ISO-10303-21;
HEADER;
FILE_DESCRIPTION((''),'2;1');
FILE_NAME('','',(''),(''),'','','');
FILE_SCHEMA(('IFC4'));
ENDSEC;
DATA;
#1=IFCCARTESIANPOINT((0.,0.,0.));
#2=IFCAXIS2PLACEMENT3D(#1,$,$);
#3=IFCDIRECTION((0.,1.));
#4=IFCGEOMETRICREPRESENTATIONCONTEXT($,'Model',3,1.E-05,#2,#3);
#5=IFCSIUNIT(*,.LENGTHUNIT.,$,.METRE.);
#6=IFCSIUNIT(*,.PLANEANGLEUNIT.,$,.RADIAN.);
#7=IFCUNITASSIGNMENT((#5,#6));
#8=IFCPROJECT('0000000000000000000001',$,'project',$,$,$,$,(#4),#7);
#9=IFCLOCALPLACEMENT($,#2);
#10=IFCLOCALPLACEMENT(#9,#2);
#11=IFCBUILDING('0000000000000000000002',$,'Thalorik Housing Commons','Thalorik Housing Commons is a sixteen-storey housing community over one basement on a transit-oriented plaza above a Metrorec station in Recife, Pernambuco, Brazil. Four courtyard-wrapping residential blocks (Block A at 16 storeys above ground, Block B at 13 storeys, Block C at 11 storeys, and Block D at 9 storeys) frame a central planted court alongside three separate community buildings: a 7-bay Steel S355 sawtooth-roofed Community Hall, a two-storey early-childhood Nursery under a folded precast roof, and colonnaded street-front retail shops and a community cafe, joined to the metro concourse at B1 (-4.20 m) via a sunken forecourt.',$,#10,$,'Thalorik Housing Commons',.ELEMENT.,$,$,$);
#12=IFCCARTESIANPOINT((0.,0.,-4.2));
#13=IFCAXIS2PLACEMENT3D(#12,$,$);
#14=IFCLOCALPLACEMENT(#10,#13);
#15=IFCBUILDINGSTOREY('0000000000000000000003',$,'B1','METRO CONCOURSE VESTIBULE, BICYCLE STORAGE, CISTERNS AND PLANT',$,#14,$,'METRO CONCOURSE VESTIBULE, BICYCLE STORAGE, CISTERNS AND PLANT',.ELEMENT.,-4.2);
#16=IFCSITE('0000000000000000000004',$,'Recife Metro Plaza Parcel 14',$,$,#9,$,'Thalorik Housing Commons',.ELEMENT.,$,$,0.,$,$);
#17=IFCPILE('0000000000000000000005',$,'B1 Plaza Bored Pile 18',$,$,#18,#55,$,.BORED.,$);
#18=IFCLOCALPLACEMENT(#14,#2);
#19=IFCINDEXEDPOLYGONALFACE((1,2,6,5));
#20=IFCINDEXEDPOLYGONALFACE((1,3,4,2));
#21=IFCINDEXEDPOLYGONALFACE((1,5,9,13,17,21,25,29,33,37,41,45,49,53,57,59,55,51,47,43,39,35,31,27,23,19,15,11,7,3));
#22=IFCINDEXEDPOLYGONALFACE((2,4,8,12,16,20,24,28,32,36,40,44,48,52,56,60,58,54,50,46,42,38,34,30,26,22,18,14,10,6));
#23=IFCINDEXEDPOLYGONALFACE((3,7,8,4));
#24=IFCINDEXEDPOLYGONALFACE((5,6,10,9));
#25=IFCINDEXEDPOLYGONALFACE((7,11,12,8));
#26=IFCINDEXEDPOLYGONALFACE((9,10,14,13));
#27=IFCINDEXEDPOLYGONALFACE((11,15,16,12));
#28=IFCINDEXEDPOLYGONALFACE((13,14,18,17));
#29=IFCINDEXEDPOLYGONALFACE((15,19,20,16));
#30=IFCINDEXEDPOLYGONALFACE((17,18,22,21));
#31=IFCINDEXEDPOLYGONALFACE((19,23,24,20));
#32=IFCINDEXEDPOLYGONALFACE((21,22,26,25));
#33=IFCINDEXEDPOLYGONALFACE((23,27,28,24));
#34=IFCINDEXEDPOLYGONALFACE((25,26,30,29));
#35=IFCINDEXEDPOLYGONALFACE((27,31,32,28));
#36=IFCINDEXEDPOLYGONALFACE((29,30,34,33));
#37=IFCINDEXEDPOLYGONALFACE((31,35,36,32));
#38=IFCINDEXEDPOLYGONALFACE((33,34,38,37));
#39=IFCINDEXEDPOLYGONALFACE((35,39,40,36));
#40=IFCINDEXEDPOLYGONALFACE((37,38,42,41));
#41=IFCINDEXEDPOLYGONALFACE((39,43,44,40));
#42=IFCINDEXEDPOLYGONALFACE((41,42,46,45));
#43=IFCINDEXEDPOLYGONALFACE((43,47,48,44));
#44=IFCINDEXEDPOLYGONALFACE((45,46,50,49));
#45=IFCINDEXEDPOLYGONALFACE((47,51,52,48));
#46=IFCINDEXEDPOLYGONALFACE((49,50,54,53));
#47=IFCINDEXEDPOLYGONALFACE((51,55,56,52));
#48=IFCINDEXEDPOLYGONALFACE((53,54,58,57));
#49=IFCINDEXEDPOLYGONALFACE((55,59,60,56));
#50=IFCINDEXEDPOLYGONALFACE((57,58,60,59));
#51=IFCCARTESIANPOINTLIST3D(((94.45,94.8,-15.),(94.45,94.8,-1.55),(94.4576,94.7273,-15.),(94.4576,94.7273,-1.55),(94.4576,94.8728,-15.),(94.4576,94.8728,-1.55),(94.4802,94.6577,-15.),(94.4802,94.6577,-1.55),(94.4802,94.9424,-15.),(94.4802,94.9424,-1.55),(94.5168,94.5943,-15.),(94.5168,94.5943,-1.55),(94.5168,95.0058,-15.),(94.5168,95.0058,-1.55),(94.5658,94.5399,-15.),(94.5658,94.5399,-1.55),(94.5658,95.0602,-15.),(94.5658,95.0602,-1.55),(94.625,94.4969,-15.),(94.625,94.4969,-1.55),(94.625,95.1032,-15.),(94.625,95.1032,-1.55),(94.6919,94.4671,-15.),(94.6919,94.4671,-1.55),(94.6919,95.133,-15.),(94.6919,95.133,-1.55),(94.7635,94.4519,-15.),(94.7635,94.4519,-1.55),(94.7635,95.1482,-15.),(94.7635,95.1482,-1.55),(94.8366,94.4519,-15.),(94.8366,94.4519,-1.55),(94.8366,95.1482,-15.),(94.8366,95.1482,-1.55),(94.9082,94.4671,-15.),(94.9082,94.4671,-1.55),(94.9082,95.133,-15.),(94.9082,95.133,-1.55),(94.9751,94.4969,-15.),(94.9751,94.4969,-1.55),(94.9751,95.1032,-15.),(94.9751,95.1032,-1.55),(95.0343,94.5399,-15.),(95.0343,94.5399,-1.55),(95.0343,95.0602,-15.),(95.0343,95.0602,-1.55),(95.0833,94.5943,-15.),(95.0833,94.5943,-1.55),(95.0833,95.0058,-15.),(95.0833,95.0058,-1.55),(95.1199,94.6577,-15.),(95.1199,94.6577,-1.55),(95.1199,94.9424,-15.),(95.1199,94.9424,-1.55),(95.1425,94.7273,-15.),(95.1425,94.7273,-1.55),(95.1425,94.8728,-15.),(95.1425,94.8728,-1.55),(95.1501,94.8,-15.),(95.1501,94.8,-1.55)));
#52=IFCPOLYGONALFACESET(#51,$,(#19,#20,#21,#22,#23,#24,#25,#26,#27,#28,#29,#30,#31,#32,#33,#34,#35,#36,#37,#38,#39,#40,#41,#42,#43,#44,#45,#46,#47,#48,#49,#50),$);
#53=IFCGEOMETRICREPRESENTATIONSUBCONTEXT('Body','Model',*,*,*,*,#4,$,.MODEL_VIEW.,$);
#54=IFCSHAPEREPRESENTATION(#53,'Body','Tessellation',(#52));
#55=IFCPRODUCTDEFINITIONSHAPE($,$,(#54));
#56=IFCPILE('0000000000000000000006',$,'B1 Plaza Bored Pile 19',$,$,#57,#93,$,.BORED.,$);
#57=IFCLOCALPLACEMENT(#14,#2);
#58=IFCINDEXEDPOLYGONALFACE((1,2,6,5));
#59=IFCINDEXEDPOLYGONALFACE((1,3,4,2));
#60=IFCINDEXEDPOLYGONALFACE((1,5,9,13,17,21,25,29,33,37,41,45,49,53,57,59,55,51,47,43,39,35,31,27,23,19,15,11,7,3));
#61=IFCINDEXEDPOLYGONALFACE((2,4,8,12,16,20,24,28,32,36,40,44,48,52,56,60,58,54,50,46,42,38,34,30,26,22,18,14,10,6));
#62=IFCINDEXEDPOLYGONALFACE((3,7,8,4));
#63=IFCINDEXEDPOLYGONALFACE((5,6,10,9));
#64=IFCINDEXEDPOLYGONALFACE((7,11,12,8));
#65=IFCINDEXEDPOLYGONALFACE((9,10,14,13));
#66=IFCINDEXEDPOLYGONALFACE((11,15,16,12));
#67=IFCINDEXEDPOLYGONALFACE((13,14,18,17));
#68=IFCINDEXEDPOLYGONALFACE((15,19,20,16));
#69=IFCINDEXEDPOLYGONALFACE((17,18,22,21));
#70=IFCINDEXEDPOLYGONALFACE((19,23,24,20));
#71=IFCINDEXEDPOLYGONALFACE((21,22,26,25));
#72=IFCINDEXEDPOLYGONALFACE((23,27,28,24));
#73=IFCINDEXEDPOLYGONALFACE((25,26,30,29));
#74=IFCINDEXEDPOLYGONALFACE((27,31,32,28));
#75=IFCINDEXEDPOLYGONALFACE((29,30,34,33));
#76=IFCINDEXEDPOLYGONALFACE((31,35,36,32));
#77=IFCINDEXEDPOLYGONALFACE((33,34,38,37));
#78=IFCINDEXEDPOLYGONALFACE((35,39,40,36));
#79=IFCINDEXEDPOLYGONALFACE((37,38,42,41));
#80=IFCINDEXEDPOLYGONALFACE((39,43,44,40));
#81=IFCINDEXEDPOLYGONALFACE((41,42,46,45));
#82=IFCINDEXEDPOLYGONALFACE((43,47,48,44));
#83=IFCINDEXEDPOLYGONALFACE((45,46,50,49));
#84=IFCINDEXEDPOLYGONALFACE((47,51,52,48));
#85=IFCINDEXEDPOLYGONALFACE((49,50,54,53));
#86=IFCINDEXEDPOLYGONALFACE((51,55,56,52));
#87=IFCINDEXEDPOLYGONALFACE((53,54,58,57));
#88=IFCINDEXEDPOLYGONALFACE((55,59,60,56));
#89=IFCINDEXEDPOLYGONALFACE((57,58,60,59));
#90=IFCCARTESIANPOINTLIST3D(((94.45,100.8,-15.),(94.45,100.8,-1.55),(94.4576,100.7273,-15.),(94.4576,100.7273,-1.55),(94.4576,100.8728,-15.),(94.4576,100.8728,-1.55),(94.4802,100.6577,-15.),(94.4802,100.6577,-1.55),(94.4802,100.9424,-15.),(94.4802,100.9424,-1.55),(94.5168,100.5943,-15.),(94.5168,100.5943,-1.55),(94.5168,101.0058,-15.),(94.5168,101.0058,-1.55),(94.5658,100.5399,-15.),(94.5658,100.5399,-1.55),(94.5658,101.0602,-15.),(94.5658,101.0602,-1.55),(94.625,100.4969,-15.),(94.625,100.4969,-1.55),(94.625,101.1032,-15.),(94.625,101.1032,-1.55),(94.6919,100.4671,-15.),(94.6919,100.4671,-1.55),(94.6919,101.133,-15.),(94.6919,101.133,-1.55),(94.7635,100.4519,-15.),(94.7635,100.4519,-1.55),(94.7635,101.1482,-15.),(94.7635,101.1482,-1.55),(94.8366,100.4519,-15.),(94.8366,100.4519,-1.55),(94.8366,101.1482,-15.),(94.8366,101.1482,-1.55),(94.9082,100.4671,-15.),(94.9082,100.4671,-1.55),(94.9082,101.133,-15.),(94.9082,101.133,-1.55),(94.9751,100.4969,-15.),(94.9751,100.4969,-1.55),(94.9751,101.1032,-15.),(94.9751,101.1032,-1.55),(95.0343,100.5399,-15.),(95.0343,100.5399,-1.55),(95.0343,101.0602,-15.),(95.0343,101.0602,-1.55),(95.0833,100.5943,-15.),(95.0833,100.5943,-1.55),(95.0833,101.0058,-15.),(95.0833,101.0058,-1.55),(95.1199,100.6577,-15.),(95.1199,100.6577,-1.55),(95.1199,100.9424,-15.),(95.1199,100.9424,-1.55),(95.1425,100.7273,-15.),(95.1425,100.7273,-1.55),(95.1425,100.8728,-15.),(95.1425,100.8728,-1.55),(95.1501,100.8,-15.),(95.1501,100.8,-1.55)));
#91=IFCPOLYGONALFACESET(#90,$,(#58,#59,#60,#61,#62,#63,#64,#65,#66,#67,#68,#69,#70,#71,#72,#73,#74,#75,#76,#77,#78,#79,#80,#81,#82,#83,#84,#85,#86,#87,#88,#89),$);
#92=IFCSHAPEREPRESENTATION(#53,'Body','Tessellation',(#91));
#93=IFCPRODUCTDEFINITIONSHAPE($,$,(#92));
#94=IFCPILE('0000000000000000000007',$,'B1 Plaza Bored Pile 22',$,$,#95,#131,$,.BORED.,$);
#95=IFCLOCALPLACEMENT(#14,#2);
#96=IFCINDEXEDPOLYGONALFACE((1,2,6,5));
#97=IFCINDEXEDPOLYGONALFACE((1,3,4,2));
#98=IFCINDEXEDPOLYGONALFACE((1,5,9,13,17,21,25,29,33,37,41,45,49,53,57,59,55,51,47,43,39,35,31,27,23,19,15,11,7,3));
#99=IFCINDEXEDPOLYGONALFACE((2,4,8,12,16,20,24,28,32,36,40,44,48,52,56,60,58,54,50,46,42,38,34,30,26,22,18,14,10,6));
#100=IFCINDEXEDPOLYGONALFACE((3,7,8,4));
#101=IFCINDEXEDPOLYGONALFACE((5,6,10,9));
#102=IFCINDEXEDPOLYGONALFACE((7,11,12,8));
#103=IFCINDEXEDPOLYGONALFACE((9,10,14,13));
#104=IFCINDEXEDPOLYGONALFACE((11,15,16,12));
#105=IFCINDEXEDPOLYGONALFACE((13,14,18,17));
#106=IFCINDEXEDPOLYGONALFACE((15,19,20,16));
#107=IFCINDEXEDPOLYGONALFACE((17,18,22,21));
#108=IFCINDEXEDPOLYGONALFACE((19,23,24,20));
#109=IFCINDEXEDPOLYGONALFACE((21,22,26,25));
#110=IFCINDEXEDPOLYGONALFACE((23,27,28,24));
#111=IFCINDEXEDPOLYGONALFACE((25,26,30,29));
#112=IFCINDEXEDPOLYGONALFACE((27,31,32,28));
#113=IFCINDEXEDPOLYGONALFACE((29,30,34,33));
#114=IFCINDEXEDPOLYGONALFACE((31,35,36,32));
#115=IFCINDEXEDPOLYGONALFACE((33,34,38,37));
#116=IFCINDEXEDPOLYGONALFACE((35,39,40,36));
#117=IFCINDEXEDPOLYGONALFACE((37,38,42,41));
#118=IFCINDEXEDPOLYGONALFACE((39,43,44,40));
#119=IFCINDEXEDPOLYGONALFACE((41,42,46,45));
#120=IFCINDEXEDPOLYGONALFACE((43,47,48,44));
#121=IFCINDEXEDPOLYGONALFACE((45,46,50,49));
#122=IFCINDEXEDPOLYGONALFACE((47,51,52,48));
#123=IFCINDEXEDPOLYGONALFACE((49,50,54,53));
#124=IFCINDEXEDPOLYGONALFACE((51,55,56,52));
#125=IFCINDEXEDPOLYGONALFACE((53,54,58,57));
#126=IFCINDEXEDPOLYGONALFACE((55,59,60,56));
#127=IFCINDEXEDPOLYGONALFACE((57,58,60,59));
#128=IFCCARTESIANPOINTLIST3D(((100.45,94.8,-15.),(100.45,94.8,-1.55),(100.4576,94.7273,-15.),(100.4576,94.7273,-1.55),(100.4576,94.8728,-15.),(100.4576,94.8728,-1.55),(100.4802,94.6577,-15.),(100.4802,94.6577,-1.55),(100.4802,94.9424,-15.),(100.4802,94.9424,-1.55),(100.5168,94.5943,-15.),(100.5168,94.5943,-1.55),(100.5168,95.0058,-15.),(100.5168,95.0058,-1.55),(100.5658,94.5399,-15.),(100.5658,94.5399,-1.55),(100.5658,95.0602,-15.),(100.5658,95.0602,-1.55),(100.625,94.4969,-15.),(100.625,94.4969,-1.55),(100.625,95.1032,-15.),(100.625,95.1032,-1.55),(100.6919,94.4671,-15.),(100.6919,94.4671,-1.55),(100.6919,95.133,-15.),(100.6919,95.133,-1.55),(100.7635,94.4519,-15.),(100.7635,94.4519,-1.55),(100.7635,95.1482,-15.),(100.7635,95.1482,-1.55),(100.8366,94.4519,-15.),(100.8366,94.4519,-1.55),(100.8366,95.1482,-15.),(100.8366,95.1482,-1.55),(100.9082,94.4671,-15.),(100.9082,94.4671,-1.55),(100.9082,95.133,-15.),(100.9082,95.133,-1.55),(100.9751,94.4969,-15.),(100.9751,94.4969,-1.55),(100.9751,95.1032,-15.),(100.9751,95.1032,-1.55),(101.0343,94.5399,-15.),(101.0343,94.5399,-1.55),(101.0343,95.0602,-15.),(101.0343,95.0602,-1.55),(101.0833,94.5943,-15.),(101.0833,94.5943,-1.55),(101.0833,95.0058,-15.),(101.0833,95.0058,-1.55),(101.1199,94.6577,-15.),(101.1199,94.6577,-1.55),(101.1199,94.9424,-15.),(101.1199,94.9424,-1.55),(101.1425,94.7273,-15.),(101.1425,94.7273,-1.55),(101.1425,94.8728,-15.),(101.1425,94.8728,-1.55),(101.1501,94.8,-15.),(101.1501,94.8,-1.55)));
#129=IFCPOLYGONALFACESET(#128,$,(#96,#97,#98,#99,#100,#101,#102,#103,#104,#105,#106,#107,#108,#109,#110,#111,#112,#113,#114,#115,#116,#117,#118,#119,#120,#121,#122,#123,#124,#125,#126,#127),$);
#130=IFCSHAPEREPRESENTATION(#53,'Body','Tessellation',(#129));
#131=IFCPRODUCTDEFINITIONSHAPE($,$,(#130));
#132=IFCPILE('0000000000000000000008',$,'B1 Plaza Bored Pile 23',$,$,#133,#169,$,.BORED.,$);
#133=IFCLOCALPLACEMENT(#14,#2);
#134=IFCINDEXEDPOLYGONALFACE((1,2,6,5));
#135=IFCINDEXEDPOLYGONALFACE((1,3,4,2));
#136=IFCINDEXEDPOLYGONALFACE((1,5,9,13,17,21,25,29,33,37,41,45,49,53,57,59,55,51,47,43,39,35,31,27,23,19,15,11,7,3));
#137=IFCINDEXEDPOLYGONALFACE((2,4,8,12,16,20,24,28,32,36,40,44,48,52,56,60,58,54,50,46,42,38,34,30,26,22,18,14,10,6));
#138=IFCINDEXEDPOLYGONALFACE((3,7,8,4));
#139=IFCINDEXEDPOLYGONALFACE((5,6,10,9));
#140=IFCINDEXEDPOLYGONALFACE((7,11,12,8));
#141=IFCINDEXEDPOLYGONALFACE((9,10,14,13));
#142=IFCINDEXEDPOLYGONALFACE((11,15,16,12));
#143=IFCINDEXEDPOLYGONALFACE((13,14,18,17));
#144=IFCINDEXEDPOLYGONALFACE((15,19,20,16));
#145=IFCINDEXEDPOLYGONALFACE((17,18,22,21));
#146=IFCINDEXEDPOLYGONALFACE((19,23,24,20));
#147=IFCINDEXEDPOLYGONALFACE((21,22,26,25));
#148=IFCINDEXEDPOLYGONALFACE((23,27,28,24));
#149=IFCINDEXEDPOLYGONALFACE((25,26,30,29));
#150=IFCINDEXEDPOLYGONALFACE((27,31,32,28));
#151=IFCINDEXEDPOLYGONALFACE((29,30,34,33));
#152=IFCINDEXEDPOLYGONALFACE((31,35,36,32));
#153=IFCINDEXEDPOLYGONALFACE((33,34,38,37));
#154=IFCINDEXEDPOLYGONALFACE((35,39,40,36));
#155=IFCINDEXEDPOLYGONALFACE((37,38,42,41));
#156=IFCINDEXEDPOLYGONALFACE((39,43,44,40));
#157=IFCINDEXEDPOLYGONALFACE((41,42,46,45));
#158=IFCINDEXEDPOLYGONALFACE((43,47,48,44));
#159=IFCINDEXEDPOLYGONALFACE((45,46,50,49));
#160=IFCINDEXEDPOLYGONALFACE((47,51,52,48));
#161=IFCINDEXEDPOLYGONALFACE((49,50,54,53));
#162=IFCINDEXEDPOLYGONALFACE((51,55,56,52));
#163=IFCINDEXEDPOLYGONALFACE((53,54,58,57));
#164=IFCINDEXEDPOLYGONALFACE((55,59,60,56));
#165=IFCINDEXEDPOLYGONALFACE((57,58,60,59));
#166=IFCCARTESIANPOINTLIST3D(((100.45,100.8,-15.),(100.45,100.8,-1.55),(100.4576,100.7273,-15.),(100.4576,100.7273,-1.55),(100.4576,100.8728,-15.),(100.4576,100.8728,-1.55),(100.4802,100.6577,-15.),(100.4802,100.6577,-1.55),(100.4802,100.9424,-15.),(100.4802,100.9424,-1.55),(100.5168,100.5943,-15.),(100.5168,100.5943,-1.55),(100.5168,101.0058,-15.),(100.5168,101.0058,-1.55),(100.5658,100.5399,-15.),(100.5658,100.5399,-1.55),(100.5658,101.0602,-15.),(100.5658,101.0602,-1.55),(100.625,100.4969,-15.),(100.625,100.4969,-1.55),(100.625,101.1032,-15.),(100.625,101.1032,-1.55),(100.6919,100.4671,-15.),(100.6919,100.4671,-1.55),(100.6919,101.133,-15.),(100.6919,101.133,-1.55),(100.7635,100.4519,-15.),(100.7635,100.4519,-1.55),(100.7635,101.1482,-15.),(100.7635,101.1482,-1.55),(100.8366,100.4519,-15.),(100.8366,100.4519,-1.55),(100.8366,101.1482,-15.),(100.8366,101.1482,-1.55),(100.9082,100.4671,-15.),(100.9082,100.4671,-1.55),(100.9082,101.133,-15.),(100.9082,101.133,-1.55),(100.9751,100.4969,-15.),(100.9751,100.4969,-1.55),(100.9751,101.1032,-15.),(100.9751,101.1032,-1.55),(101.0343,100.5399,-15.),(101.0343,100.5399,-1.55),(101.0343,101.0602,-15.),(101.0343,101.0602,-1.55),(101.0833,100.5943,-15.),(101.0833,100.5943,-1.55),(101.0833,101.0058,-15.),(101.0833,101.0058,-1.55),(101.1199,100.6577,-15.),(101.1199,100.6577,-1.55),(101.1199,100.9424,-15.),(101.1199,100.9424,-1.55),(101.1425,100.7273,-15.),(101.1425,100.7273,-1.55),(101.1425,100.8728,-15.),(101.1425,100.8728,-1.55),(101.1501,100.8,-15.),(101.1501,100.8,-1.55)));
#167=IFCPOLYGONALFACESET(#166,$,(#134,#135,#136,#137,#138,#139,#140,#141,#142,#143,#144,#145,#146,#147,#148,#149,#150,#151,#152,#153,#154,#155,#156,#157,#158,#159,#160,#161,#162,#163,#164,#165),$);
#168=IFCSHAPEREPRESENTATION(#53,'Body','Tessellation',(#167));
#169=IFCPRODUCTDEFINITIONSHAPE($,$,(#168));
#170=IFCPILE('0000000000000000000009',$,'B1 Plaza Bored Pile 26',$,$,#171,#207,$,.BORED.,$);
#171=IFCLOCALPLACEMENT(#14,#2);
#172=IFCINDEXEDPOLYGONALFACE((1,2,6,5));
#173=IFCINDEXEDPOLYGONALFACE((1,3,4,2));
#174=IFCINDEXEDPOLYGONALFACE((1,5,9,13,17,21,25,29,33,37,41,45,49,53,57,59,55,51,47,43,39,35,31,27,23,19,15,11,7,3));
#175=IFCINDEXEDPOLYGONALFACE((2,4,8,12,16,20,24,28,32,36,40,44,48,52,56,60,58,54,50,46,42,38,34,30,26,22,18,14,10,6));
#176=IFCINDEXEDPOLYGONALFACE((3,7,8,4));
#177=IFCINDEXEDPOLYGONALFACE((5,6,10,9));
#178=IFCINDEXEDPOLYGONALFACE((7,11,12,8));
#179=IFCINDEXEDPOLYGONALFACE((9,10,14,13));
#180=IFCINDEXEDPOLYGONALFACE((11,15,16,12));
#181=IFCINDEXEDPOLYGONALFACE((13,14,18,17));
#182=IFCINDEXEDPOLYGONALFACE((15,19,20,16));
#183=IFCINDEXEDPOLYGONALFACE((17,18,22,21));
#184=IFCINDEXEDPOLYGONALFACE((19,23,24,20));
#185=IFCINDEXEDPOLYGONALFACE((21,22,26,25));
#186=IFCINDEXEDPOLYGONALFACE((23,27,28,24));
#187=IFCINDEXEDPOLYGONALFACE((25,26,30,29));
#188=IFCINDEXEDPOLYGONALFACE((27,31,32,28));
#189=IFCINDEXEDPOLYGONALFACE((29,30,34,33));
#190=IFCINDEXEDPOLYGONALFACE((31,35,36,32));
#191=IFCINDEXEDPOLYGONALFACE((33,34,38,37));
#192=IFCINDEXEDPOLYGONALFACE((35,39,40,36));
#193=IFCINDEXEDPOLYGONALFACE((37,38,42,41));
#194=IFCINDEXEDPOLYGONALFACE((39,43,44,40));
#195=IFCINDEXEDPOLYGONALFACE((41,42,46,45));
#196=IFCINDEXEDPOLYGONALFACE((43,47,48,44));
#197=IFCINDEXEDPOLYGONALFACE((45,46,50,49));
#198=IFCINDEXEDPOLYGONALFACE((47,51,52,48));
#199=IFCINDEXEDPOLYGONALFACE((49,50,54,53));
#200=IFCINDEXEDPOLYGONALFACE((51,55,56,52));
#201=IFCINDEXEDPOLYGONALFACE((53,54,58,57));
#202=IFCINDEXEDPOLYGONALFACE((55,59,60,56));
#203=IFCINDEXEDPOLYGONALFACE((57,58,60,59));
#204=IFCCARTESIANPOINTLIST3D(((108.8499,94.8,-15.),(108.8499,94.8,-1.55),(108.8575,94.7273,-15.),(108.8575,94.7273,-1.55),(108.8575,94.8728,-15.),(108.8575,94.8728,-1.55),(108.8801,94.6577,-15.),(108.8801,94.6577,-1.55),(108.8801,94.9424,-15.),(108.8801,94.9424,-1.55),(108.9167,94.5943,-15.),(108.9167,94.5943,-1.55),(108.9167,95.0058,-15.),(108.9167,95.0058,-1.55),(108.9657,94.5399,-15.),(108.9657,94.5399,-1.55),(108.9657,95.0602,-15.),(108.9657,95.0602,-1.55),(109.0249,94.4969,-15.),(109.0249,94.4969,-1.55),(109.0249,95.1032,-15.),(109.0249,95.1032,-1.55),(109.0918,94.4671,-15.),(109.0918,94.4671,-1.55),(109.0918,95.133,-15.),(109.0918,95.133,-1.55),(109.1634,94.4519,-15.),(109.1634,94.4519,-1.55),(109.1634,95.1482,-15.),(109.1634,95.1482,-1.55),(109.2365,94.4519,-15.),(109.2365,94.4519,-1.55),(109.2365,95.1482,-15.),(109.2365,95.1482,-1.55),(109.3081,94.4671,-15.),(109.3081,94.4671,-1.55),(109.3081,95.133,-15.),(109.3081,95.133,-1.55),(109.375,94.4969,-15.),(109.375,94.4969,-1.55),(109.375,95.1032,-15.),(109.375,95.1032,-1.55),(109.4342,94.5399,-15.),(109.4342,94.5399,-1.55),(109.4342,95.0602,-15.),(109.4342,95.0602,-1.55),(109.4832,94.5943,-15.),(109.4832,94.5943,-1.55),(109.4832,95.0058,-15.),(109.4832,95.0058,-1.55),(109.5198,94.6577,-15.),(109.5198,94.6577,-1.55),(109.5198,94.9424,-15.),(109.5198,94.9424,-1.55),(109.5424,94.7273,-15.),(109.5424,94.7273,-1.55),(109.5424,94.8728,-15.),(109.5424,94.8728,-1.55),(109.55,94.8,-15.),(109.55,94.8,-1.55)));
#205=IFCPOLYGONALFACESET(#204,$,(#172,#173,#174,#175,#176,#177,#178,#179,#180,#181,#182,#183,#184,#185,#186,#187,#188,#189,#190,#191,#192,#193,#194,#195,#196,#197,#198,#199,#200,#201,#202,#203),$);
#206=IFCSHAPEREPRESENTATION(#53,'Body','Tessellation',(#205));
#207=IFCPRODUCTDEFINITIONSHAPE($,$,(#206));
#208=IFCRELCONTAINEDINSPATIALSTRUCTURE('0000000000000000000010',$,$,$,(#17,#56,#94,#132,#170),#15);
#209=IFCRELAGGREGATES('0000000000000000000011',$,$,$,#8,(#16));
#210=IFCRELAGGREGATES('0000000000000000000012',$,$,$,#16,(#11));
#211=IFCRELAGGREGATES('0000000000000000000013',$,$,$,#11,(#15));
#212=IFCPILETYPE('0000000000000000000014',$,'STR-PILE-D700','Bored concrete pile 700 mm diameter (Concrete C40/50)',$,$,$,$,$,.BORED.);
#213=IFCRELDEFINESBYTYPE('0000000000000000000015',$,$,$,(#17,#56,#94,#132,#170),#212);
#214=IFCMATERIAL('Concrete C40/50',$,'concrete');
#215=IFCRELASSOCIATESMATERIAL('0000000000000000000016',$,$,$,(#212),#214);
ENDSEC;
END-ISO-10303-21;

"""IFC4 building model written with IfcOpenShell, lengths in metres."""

from ifc_helpers import new_model, si_unit, direction, frame, origin, origin_2d, place, context, subcontext, project, spatial, circle, extrude, material, material_profile, profile_set, type_object, element, save


model = new_model("IFC4")

# Units and contexts
model_context = context("Model", 3, precision=1e-05, world=origin(), true_north=direction((0.0, 1.0)))
body_context = subcontext(model_context, "Body", "Model", "MODEL_VIEW")
ifc_project = project(units=[si_unit("LENGTHUNIT", "METRE"), si_unit("PLANEANGLEUNIT", "RADIAN")], contexts=[model_context])

# Site, building, storey
site_placement = place(None, origin())
site = spatial("IfcSite", under=ifc_project, at=site_placement, Name="Recife Metro Plaza Parcel 14", LongName="Thalorik Housing Commons", CompositionType="ELEMENT", RefElevation=0.0)
building_placement = place(site_placement, origin())
building = spatial("IfcBuilding", under=site, at=building_placement, Name="Thalorik Housing Commons", Description="Thalorik Housing Commons is a sixteen-storey housing community over one basement on a transit-oriented plaza above a Metrorec station in Recife, Pernambuco, Brazil. Four courtyard-wrapping residential blocks (Block A at 16 storeys above ground, Block B at 13 storeys, Block C at 11 storeys, and Block D at 9 storeys) frame a central planted court alongside three separate community buildings: a 7-bay Steel S355 sawtooth-roofed Community Hall, a two-storey early-childhood Nursery under a folded precast roof, and colonnaded street-front retail shops and a community cafe, joined to the metro concourse at B1 (-4.20 m) via a sunken forecourt.", LongName="Thalorik Housing Commons", CompositionType="ELEMENT")
storey_placement = place(building_placement, frame((0.0, 0.0, -4.2)))
storey = spatial("IfcBuildingStorey", under=building, at=storey_placement, Name="B1", Description="METRO CONCOURSE VESTIBULE, BICYCLE STORAGE, CISTERNS AND PLANT", LongName="METRO CONCOURSE VESTIBULE, BICYCLE STORAGE, CISTERNS AND PLANT", CompositionType="ELEMENT", Elevation=-4.2)

# Shared definitions
ifc_material_1 = material(Name="Concrete C40/50", Category="concrete")

# Piles
ifc_material_profile_1 = material_profile(ifc_material_1, circle(Radius=0.3501, at=origin_2d()), Name="BORED PILE D700", Category="concrete")
ifc_profile_set_1 = profile_set([ifc_material_profile_1], Name="Concrete C40/50")
pile_type = type_object("IfcPileType", Name="STR-PILE-D700", Description="Bored concrete pile 700 mm diameter (Concrete C40/50)", PredefinedType="BORED", material=ifc_profile_set_1)
for number, where, z_axis, x_axis, name in (
    (1, (94.8, 94.8, -1.55), (0.0, 0.0, -1.0), (1.0, 0.0, 0.0), "B1 Plaza Bored Pile 18"),
    (2, (94.8, 100.8, -1.55), (0.0, 0.0, -1.0), (1.0, 0.0, 0.0), "B1 Plaza Bored Pile 19"),
    (3, (100.8, 94.8, -1.55), (0.0, 0.0, -1.0), (1.0, 0.0, 0.0), "B1 Plaza Bored Pile 22"),
    (4, (100.8, 100.8, -1.55), (0.0, 0.0, -1.0), (1.0, 0.0, 0.0), "B1 Plaza Bored Pile 23"),
    (5, (109.2, 94.8, -1.55), (0.0, 0.0, -1.0), (1.0, 0.0, 0.0), "B1 Plaza Bored Pile 26"),
):
    element("IfcPile", number, at=place(storey_placement, frame(where, z_axis=z_axis, x_axis=x_axis)), inside=storey, type_object=pile_type, Name=name, PredefinedType="BORED", context=body_context, shape_type="SweptSolid", body=[
        extrude(circle(Radius=0.3501, at=origin_2d()), origin(), (0.0, 0.0, 1.0), 13.45),
    ])

save(model, "model.ifc")
